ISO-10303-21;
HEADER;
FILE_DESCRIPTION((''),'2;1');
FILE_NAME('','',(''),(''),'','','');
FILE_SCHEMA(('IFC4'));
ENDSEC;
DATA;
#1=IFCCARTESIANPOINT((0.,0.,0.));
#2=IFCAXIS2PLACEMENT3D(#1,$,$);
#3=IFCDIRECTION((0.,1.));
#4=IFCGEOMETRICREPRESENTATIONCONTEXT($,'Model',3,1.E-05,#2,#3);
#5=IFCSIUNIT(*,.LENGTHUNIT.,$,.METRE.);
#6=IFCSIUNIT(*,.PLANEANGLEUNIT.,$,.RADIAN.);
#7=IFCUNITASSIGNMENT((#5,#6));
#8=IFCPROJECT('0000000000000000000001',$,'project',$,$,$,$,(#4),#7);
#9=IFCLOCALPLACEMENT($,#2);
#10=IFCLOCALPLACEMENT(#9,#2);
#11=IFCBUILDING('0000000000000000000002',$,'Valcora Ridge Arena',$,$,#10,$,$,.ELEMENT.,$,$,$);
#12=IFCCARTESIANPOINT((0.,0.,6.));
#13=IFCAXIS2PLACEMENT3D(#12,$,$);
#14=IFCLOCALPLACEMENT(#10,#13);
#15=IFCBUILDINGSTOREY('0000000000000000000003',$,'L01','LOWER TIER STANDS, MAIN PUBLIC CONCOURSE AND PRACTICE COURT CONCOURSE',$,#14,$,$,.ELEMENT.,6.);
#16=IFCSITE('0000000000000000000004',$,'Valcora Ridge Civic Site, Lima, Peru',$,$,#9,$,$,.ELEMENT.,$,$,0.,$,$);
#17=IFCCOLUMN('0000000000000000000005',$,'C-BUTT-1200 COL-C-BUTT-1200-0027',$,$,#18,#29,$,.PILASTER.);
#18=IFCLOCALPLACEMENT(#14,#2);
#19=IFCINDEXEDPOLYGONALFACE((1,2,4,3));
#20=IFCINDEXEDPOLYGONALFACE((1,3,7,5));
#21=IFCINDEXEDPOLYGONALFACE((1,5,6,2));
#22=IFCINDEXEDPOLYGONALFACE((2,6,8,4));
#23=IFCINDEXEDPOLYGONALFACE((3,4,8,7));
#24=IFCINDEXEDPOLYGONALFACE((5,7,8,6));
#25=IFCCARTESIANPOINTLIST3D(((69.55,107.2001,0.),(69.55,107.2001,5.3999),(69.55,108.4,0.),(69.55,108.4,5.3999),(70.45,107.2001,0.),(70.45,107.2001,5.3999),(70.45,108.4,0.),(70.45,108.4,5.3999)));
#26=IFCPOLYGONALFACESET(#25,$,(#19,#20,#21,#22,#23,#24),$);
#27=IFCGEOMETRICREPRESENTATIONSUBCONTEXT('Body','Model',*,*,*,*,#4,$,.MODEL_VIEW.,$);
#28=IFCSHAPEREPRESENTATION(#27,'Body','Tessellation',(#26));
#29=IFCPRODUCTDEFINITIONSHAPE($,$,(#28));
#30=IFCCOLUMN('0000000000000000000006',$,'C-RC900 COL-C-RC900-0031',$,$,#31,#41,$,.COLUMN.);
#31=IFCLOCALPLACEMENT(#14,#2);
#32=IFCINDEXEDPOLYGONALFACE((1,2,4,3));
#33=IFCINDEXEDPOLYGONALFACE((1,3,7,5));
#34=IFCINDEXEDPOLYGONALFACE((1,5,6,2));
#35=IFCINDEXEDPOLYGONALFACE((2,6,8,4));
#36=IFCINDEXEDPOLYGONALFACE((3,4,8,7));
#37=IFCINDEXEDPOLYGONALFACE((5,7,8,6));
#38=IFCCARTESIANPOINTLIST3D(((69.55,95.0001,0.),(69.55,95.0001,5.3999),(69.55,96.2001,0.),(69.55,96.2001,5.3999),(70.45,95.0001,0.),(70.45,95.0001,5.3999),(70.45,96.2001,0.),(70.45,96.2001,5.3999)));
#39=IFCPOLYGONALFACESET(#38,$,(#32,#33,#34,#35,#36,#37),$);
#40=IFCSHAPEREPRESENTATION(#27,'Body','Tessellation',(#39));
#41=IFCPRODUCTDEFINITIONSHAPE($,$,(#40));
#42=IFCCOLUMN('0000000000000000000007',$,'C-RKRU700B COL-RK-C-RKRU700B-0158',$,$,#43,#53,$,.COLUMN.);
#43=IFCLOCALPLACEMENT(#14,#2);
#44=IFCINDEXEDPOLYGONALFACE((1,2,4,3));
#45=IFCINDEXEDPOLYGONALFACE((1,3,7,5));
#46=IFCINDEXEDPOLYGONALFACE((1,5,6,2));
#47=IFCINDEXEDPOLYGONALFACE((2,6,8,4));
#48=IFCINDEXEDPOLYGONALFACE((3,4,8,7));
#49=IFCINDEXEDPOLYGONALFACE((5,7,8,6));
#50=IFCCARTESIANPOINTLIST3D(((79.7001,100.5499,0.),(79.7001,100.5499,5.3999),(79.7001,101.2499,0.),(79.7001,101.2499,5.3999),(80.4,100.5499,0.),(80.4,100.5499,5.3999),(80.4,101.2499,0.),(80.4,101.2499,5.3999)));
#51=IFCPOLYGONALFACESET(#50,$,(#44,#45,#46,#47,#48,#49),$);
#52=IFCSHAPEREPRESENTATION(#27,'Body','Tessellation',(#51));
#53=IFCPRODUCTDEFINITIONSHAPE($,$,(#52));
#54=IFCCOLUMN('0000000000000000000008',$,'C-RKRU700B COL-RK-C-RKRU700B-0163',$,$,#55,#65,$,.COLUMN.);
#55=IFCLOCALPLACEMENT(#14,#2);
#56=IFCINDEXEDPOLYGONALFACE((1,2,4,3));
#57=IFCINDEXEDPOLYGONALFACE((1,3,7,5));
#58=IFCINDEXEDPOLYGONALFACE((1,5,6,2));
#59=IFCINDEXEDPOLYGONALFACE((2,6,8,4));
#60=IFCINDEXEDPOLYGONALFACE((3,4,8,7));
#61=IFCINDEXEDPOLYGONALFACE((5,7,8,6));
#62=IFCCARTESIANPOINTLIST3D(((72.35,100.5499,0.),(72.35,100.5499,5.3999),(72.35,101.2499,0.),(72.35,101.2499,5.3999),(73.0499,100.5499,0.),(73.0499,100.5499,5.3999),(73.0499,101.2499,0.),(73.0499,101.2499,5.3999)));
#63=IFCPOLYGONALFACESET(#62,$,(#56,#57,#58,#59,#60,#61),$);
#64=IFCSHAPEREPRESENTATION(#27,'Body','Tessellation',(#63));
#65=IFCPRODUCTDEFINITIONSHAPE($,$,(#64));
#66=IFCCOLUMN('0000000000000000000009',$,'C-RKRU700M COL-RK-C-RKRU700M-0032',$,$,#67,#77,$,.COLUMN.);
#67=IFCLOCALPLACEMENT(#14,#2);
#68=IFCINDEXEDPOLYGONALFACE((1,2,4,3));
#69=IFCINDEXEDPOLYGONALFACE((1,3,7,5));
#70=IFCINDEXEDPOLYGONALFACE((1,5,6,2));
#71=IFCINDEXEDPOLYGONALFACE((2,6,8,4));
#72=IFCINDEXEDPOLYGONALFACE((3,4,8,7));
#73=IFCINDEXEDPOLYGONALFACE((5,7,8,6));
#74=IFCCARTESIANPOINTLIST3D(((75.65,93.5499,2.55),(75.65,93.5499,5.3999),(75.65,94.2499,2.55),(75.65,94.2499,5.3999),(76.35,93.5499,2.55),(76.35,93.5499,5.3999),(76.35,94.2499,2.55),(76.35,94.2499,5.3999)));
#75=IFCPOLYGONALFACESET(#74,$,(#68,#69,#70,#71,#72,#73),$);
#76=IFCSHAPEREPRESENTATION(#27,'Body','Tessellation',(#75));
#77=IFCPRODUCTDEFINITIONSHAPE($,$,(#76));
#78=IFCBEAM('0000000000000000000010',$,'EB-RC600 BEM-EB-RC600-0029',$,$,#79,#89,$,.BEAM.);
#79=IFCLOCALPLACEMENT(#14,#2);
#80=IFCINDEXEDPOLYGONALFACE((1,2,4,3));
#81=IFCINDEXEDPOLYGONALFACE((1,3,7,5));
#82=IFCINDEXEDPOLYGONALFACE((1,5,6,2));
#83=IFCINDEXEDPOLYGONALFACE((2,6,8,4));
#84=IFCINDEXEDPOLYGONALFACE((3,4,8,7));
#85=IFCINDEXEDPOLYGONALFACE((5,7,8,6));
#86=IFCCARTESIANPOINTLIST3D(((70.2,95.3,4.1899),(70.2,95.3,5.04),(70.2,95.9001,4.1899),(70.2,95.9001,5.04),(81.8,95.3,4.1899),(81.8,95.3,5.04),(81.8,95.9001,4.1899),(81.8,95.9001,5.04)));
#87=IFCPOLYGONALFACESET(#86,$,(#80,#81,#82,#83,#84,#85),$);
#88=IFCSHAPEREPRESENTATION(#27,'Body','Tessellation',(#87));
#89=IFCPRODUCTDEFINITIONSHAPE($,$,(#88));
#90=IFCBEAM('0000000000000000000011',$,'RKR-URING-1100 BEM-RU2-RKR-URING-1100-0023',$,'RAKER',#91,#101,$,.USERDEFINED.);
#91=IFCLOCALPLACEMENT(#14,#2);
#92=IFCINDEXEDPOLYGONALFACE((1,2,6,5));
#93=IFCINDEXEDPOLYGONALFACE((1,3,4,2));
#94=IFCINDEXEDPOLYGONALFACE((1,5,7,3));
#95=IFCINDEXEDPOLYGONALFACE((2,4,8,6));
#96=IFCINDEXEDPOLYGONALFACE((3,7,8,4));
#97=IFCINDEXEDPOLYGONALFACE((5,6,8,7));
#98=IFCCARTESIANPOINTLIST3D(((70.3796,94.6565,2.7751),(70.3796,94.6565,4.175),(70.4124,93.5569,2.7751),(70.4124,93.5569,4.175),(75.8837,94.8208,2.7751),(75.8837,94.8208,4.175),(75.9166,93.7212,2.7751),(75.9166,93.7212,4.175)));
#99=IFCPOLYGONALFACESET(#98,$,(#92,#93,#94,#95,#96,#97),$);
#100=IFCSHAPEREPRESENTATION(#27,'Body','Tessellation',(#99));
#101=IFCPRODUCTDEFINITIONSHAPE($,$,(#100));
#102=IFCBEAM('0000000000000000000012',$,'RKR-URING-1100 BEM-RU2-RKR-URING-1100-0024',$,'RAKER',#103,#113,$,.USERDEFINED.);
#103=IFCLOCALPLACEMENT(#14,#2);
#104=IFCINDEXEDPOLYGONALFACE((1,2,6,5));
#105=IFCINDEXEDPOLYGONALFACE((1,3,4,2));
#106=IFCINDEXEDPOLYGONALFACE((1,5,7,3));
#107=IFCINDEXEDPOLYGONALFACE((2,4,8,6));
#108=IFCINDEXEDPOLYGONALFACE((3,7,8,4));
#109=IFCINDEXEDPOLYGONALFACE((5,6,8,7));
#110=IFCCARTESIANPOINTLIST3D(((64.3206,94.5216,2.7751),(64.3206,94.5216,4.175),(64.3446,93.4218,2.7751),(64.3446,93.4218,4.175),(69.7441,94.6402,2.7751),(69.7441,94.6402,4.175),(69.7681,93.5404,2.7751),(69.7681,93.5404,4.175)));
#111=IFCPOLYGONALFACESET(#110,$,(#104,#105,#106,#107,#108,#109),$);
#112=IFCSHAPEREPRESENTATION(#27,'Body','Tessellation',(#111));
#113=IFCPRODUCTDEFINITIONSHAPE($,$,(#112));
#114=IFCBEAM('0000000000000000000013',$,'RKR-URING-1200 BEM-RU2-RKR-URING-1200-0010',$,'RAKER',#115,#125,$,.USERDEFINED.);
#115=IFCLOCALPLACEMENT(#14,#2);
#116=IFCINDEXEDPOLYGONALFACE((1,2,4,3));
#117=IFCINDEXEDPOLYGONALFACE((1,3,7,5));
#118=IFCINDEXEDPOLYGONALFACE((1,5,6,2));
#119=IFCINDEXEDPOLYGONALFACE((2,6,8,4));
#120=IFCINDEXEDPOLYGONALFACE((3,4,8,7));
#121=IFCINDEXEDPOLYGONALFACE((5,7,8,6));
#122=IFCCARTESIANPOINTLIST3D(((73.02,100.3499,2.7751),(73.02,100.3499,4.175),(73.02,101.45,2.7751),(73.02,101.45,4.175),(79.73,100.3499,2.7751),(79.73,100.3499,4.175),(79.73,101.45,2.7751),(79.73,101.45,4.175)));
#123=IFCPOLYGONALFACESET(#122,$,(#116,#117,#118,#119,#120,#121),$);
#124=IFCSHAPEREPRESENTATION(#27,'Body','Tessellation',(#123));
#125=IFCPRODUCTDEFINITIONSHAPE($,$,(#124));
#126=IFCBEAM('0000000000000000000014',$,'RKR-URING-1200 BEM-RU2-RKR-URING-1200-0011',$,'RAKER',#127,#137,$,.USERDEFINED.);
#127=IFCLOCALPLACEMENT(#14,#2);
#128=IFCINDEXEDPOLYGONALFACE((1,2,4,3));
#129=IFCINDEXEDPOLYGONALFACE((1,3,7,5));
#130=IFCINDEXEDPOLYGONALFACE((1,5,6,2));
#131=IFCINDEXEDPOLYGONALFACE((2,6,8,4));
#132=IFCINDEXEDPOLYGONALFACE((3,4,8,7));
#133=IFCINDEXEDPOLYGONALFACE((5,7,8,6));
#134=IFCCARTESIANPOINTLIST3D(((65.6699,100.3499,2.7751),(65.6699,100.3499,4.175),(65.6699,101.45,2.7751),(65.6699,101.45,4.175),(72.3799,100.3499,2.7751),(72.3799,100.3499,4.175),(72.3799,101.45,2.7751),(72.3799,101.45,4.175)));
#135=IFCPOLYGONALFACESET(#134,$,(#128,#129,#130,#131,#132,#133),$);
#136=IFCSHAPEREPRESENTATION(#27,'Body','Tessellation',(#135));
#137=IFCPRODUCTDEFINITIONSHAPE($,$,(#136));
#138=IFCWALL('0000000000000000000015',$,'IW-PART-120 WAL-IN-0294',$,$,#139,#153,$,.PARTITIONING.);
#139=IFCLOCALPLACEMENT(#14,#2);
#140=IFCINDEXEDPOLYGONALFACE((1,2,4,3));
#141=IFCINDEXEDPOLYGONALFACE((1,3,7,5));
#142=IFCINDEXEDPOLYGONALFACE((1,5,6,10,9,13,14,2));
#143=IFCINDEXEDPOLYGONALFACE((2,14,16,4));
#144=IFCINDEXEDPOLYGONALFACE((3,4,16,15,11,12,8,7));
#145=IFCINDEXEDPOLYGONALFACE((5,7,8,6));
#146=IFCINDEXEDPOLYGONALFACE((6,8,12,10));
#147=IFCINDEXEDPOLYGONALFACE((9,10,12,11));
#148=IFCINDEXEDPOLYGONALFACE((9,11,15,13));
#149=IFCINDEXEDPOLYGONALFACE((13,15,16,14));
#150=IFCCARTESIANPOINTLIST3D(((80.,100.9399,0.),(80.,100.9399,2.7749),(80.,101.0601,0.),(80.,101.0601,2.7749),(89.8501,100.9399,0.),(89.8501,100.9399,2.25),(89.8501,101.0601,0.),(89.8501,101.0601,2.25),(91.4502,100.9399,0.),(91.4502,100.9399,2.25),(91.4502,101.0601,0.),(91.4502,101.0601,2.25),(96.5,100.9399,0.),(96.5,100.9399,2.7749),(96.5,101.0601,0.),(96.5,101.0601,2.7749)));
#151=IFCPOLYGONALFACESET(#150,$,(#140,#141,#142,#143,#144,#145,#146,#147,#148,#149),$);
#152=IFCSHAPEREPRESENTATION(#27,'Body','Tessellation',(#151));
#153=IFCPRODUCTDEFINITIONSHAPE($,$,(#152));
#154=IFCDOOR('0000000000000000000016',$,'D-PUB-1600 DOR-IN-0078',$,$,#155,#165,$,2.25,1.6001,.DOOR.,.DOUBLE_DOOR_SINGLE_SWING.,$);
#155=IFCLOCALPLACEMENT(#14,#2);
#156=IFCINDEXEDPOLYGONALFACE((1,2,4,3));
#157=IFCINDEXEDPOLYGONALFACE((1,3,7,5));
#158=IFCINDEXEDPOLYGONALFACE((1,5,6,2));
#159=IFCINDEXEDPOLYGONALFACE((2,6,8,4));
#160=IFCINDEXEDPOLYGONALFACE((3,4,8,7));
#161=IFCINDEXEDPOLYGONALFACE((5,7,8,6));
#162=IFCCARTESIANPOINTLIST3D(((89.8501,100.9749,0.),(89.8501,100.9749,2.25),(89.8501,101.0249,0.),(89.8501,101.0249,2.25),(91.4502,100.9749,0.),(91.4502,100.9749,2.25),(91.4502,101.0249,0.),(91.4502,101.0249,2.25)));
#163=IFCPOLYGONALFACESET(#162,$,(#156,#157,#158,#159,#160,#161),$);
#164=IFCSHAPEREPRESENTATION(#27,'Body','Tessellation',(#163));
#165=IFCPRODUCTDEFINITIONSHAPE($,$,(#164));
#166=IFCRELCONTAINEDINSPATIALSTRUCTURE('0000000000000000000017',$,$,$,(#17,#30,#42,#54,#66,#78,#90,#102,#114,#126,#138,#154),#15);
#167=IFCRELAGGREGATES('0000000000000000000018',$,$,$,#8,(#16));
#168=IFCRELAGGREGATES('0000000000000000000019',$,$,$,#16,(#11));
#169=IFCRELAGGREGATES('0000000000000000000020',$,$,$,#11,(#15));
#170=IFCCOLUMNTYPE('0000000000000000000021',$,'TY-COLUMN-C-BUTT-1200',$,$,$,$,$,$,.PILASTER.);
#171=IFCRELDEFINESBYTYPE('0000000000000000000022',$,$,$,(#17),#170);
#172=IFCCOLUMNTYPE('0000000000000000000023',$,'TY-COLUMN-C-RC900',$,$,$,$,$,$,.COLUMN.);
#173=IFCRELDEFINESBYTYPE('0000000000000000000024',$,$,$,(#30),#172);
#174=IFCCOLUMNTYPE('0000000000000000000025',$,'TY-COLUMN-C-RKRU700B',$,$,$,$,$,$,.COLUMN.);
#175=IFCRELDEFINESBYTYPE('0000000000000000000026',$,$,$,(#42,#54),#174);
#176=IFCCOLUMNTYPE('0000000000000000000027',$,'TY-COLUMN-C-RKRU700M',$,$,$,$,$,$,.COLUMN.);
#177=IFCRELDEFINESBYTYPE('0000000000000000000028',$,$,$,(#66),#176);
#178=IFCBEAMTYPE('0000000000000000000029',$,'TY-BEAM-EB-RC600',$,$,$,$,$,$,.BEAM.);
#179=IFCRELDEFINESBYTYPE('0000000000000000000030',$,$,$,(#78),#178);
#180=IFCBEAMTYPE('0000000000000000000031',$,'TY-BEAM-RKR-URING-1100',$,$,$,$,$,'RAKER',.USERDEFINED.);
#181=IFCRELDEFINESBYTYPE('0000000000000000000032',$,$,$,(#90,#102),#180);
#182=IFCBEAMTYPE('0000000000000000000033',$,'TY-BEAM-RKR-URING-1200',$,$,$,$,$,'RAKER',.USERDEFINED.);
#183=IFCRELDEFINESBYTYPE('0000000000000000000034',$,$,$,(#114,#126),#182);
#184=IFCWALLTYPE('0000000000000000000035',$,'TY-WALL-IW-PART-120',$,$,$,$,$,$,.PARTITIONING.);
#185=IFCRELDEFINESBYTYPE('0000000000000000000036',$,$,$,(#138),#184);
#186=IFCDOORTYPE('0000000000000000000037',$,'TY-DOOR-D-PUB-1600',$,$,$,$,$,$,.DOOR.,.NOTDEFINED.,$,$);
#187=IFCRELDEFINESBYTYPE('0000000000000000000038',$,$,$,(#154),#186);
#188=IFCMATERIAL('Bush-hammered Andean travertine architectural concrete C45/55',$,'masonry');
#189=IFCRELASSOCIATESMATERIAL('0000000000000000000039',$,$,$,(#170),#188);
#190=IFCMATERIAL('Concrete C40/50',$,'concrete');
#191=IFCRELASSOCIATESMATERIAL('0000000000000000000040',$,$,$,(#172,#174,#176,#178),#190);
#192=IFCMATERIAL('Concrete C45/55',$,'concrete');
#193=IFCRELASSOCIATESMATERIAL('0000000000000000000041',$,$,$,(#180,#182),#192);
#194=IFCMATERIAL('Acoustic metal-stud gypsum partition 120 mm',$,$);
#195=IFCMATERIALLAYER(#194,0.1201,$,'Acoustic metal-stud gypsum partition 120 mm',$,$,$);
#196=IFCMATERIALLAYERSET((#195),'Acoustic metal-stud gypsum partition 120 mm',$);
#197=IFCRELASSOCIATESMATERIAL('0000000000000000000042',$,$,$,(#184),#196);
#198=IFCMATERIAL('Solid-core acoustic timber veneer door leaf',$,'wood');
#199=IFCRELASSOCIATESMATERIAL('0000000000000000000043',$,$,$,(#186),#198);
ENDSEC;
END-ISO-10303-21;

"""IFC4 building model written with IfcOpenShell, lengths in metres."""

from ifc_helpers import new_model, si_unit, direction, frame, frame_2d, origin, origin_2d, place, context, subcontext, project, spatial, rectangle, extrude, material, layer, layer_set, material_profile, profile_set, type_object, element, fill, save


model = new_model("IFC4")

# Units and contexts
model_context = context("Model", 3, precision=1e-05, world=origin(), true_north=direction((0.0, 1.0)))
body_context = subcontext(model_context, "Body", "Model", "MODEL_VIEW")
ifc_project = project(units=[si_unit("LENGTHUNIT", "METRE"), si_unit("PLANEANGLEUNIT", "RADIAN")], contexts=[model_context])

# Site, building, storey
site_placement = place(None, origin())
site = spatial("IfcSite", under=ifc_project, at=site_placement, Name="Valcora Ridge Civic Site, Lima, Peru", CompositionType="ELEMENT", RefElevation=0.0)
building_placement = place(site_placement, origin())
building = spatial("IfcBuilding", under=site, at=building_placement, Name="Valcora Ridge Arena", CompositionType="ELEMENT")
storey_placement = place(building_placement, frame((0.0, 0.0, 6.0)))
storey = spatial("IfcBuildingStorey", under=building, at=storey_placement, Name="L01", Description="LOWER TIER STANDS, MAIN PUBLIC CONCOURSE AND PRACTICE COURT CONCOURSE", CompositionType="ELEMENT", Elevation=6.0)

# Columns
ifc_material_1 = material(Name="Bush-hammered Andean travertine architectural concrete C45/55", Category="masonry")
ifc_material_profile_1 = material_profile(ifc_material_1, rectangle(XDim=0.8999, YDim=1.2, at=origin_2d()), Name="RC 900x1200")
ifc_profile_set_1 = profile_set([ifc_material_profile_1], Name="Bush-hammered Andean travertine architectural concrete C45/55")
column_type_1 = type_object("IfcColumnType", Name="TY-COLUMN-C-BUTT-1200", PredefinedType="PILASTER", material=ifc_profile_set_1)
column_1_placement = place(storey_placement, frame((70.0, 107.8, 0.0), z_axis=(0.0, 0.0, 1.0), x_axis=(1.0, 0.0, 0.0)))
element("IfcColumn", 1, at=column_1_placement, inside=storey, type_object=column_type_1, Name="C-BUTT-1200 COL-C-BUTT-1200-0027", PredefinedType="PILASTER", context=body_context, shape_type="SweptSolid", body=[
    extrude(rectangle(XDim=0.8999, YDim=1.2, at=origin_2d()), origin(), (0.0, 0.0, 1.0), 5.3999),
])
ifc_material_2 = material(Name="Concrete C40/50", Category="concrete")
ifc_material_profile_2 = material_profile(ifc_material_2, rectangle(XDim=0.8999, YDim=1.2, at=origin_2d()), Name="RC 900x1200")
ifc_profile_set_2 = profile_set([ifc_material_profile_2], Name="Concrete C40/50")
column_type_2 = type_object("IfcColumnType", Name="TY-COLUMN-C-RC900", PredefinedType="COLUMN", material=ifc_profile_set_2)
column_2_placement = place(storey_placement, frame((70.0, 95.6001, 0.0), z_axis=(0.0, 0.0, 1.0), x_axis=(1.0, 0.0, 0.0)))
element("IfcColumn", 2, at=column_2_placement, inside=storey, type_object=column_type_2, Name="C-RC900 COL-C-RC900-0031", PredefinedType="COLUMN", context=body_context, shape_type="SweptSolid", body=[
    extrude(rectangle(XDim=0.8999, YDim=1.2, at=origin_2d()), origin(), (0.0, 0.0, 1.0), 5.3999),
])
ifc_material_profile_3 = material_profile(ifc_material_2, rectangle(XDim=0.7, YDim=0.7, at=origin_2d()), Name="RC 700x700")
ifc_profile_set_3 = profile_set([ifc_material_profile_3], Name="Concrete C40/50")
column_type_3 = type_object("IfcColumnType", Name="TY-COLUMN-C-RKRU700B", PredefinedType="COLUMN", material=ifc_profile_set_3)
for number, where, z_axis, x_axis, name in (
    (3, (80.05, 100.8999, 0.0), (0.0, 0.0, 1.0), (1.0, 0.0, 0.0), "C-RKRU700B COL-RK-C-RKRU700B-0158"),
    (4, (72.7, 100.8999, 0.0), (0.0, 0.0, 1.0), (1.0, 0.0, 0.0), "C-RKRU700B COL-RK-C-RKRU700B-0163"),
):
    element("IfcColumn", number, at=place(storey_placement, frame(where, z_axis=z_axis, x_axis=x_axis)), inside=storey, type_object=column_type_3, Name=name, PredefinedType="COLUMN", context=body_context, shape_type="SweptSolid", body=[
        extrude(rectangle(XDim=0.7, YDim=0.7, at=origin_2d()), origin(), (0.0, 0.0, 1.0), 5.3999),
    ])
ifc_material_profile_4 = material_profile(ifc_material_2, rectangle(XDim=0.7, YDim=0.7, at=origin_2d()), Name="RC 700x700")
ifc_profile_set_4 = profile_set([ifc_material_profile_4], Name="Concrete C40/50")
column_type_4 = type_object("IfcColumnType", Name="TY-COLUMN-C-RKRU700M", PredefinedType="COLUMN", material=ifc_profile_set_4)
column_3_placement = place(storey_placement, frame((76.0, 93.8999, 2.55), z_axis=(0.0, 0.0, 1.0), x_axis=(1.0, 0.0, 0.0)))
element("IfcColumn", 5, at=column_3_placement, inside=storey, type_object=column_type_4, Name="C-RKRU700M COL-RK-C-RKRU700M-0032", PredefinedType="COLUMN", context=body_context, shape_type="SweptSolid", body=[
    extrude(rectangle(XDim=0.7, YDim=0.7, at=origin_2d()), origin(), (0.0, 0.0, 1.0), 2.8499),
])

# Beams
ifc_material_profile_5 = material_profile(ifc_material_2, rectangle(XDim=0.6001, YDim=0.8501, at=origin_2d()), Name="RC 600x850")
ifc_profile_set_5 = profile_set([ifc_material_profile_5], Name="Concrete C40/50")
beam_type_1 = type_object("IfcBeamType", Name="TY-BEAM-EB-RC600", PredefinedType="BEAM", material=ifc_profile_set_5)
beam_1_placement = place(storey_placement, frame((70.2, 95.6001, 4.615), z_axis=(1.0, 0.0, 0.0), x_axis=(0.0, 1.0, 0.0)))
element("IfcBeam", 6, at=beam_1_placement, inside=storey, type_object=beam_type_1, Name="EB-RC600 BEM-EB-RC600-0029", PredefinedType="BEAM", context=body_context, shape_type="SweptSolid", body=[
    extrude(rectangle(XDim=0.6001, YDim=0.8501, at=origin_2d()), origin(), (0.0, 0.0, 1.0), 11.6001),
])
ifc_material_3 = material(Name="Concrete C45/55", Category="concrete")
ifc_material_profile_6 = material_profile(ifc_material_3, rectangle(XDim=1.1001, YDim=1.3999, at=origin_2d()), Name="RC 1100x1400")
ifc_profile_set_6 = profile_set([ifc_material_profile_6], Name="Concrete C45/55")
beam_type_2 = type_object("IfcBeamType", Name="TY-BEAM-RKR-URING-1100", ElementType="RAKER", PredefinedType="USERDEFINED", material=ifc_profile_set_6)
beam_2_placement = place(storey_placement, frame((75.9001, 94.271, 3.4751), z_axis=(-0.999555, -0.029838, 0.0), x_axis=(0.029838, -0.999555, 0.0)))
element("IfcBeam", 7, at=beam_2_placement, inside=storey, type_object=beam_type_2, Name="RKR-URING-1100 BEM-RU2-RKR-URING-1100-0023", ObjectType="RAKER", PredefinedType="USERDEFINED", context=body_context, shape_type="SweptSolid", body=[
    extrude(rectangle(XDim=1.1001, YDim=1.3999, at=origin_2d()), origin(), (0.0, 0.0, 1.0), 5.5066),
])
beam_3_placement = place(storey_placement, frame((69.7561, 94.0903, 3.4751), z_axis=(-0.999761, -0.021872, 0.0), x_axis=(0.021872, -0.999761, 0.0)))
element("IfcBeam", 8, at=beam_3_placement, inside=storey, type_object=beam_type_2, Name="RKR-URING-1100 BEM-RU2-RKR-URING-1100-0024", ObjectType="RAKER", PredefinedType="USERDEFINED", context=body_context, shape_type="SweptSolid", body=[
    extrude(rectangle(XDim=1.1001, YDim=1.3999, at=origin_2d()), origin(), (0.0, 0.0, 1.0), 5.4248),
])
ifc_material_profile_7 = material_profile(ifc_material_3, rectangle(XDim=1.1001, YDim=1.3999, at=origin_2d()), Name="RC 1100x1400")
ifc_profile_set_7 = profile_set([ifc_material_profile_7], Name="Concrete C45/55")
beam_type_3 = type_object("IfcBeamType", Name="TY-BEAM-RKR-URING-1200", ElementType="RAKER", PredefinedType="USERDEFINED", material=ifc_profile_set_7)
for number, where, z_axis, x_axis, name in (
    (9, (79.73, 100.8999, 3.4751), (-1.0, 0.0, 0.0), (0.0, -1.0, 0.0), "RKR-URING-1200 BEM-RU2-RKR-URING-1200-0010"),
    (10, (72.3799, 100.8999, 3.4751), (-1.0, 0.0, 0.0), (0.0, -1.0, 0.0), "RKR-URING-1200 BEM-RU2-RKR-URING-1200-0011"),
):
    element("IfcBeam", number, at=place(storey_placement, frame(where, z_axis=z_axis, x_axis=x_axis)), inside=storey, type_object=beam_type_3, Name=name, ObjectType="RAKER", PredefinedType="USERDEFINED", context=body_context, shape_type="SweptSolid", body=[
        extrude(rectangle(XDim=1.1001, YDim=1.3999, at=origin_2d()), origin(), (0.0, 0.0, 1.0), 6.71),
    ])

# Wall, opening, door
ifc_material_4 = material(Name="Acoustic metal-stud gypsum partition 120 mm")
ifc_layer_1 = layer(ifc_material_4, 0.1201, Name="Acoustic metal-stud gypsum partition 120 mm")
ifc_layer_set_1 = layer_set([ifc_layer_1], Name="Acoustic metal-stud gypsum partition 120 mm")
wall_type_1 = type_object("IfcWallType", Name="TY-WALL-IW-PART-120", PredefinedType="PARTITIONING", material=ifc_layer_set_1)
wall_1_placement = place(storey_placement, frame((80.0, 101.0, 0.0), z_axis=(0.0, 0.0, 1.0), x_axis=(1.0, 0.0, 0.0)))
wall_1 = element("IfcWall", 11, at=wall_1_placement, inside=storey, type_object=wall_type_1, Name="IW-PART-120 WAL-IN-0294", PredefinedType="PARTITIONING", context=body_context, shape_type="SweptSolid", body=[
    extrude(rectangle(XDim=16.5, YDim=0.1201, at=frame_2d((8.25, 0.0))), origin(), (0.0, 0.0, 1.0), 2.7749),
])
opening_1_placement = place(wall_1_placement, frame((9.8501, 0.0, 0.0)))
opening_1 = element("IfcOpeningElement", 12, at=opening_1_placement, cuts=wall_1, PredefinedType="OPENING", context=body_context, shape_type="SweptSolid", body=[
    extrude(rectangle(XDim=1.6001, YDim=2.25, at=frame_2d((0.8, 1.125))), frame((0.0, 0.0701, 0.0), z_axis=(0.0, -1.0, 0.0), x_axis=(1.0, 0.0, 0.0)), (0.0, 0.0, 1.0), 0.1401),
])
ifc_material_5 = material(Name="Solid-core acoustic timber veneer door leaf", Category="wood")
door_type_1 = type_object("IfcDoorType", Name="TY-DOOR-D-PUB-1600", OperationType="NOTDEFINED", PredefinedType="DOOR", material=ifc_material_5)
door_1_placement = place(opening_1_placement, origin())
door_1 = element("IfcDoor", 13, at=door_1_placement, inside=storey, type_object=door_type_1, Name="D-PUB-1600 DOR-IN-0078", OperationType="DOUBLE_DOOR_SINGLE_SWING", OverallHeight=2.25, OverallWidth=1.6001, PredefinedType="DOOR", context=body_context, shape_type="SweptSolid", body=[
    extrude(rectangle(XDim=1.6001, YDim=2.25, at=frame_2d((0.8, 1.125))), frame((0.0, 0.0249, 0.0), z_axis=(0.0, -1.0, 0.0), x_axis=(1.0, 0.0, 0.0)), (0.0, 0.0, 1.0), 0.05),
])
fill(opening_1, door_1)

save(model, "model.ifc")
